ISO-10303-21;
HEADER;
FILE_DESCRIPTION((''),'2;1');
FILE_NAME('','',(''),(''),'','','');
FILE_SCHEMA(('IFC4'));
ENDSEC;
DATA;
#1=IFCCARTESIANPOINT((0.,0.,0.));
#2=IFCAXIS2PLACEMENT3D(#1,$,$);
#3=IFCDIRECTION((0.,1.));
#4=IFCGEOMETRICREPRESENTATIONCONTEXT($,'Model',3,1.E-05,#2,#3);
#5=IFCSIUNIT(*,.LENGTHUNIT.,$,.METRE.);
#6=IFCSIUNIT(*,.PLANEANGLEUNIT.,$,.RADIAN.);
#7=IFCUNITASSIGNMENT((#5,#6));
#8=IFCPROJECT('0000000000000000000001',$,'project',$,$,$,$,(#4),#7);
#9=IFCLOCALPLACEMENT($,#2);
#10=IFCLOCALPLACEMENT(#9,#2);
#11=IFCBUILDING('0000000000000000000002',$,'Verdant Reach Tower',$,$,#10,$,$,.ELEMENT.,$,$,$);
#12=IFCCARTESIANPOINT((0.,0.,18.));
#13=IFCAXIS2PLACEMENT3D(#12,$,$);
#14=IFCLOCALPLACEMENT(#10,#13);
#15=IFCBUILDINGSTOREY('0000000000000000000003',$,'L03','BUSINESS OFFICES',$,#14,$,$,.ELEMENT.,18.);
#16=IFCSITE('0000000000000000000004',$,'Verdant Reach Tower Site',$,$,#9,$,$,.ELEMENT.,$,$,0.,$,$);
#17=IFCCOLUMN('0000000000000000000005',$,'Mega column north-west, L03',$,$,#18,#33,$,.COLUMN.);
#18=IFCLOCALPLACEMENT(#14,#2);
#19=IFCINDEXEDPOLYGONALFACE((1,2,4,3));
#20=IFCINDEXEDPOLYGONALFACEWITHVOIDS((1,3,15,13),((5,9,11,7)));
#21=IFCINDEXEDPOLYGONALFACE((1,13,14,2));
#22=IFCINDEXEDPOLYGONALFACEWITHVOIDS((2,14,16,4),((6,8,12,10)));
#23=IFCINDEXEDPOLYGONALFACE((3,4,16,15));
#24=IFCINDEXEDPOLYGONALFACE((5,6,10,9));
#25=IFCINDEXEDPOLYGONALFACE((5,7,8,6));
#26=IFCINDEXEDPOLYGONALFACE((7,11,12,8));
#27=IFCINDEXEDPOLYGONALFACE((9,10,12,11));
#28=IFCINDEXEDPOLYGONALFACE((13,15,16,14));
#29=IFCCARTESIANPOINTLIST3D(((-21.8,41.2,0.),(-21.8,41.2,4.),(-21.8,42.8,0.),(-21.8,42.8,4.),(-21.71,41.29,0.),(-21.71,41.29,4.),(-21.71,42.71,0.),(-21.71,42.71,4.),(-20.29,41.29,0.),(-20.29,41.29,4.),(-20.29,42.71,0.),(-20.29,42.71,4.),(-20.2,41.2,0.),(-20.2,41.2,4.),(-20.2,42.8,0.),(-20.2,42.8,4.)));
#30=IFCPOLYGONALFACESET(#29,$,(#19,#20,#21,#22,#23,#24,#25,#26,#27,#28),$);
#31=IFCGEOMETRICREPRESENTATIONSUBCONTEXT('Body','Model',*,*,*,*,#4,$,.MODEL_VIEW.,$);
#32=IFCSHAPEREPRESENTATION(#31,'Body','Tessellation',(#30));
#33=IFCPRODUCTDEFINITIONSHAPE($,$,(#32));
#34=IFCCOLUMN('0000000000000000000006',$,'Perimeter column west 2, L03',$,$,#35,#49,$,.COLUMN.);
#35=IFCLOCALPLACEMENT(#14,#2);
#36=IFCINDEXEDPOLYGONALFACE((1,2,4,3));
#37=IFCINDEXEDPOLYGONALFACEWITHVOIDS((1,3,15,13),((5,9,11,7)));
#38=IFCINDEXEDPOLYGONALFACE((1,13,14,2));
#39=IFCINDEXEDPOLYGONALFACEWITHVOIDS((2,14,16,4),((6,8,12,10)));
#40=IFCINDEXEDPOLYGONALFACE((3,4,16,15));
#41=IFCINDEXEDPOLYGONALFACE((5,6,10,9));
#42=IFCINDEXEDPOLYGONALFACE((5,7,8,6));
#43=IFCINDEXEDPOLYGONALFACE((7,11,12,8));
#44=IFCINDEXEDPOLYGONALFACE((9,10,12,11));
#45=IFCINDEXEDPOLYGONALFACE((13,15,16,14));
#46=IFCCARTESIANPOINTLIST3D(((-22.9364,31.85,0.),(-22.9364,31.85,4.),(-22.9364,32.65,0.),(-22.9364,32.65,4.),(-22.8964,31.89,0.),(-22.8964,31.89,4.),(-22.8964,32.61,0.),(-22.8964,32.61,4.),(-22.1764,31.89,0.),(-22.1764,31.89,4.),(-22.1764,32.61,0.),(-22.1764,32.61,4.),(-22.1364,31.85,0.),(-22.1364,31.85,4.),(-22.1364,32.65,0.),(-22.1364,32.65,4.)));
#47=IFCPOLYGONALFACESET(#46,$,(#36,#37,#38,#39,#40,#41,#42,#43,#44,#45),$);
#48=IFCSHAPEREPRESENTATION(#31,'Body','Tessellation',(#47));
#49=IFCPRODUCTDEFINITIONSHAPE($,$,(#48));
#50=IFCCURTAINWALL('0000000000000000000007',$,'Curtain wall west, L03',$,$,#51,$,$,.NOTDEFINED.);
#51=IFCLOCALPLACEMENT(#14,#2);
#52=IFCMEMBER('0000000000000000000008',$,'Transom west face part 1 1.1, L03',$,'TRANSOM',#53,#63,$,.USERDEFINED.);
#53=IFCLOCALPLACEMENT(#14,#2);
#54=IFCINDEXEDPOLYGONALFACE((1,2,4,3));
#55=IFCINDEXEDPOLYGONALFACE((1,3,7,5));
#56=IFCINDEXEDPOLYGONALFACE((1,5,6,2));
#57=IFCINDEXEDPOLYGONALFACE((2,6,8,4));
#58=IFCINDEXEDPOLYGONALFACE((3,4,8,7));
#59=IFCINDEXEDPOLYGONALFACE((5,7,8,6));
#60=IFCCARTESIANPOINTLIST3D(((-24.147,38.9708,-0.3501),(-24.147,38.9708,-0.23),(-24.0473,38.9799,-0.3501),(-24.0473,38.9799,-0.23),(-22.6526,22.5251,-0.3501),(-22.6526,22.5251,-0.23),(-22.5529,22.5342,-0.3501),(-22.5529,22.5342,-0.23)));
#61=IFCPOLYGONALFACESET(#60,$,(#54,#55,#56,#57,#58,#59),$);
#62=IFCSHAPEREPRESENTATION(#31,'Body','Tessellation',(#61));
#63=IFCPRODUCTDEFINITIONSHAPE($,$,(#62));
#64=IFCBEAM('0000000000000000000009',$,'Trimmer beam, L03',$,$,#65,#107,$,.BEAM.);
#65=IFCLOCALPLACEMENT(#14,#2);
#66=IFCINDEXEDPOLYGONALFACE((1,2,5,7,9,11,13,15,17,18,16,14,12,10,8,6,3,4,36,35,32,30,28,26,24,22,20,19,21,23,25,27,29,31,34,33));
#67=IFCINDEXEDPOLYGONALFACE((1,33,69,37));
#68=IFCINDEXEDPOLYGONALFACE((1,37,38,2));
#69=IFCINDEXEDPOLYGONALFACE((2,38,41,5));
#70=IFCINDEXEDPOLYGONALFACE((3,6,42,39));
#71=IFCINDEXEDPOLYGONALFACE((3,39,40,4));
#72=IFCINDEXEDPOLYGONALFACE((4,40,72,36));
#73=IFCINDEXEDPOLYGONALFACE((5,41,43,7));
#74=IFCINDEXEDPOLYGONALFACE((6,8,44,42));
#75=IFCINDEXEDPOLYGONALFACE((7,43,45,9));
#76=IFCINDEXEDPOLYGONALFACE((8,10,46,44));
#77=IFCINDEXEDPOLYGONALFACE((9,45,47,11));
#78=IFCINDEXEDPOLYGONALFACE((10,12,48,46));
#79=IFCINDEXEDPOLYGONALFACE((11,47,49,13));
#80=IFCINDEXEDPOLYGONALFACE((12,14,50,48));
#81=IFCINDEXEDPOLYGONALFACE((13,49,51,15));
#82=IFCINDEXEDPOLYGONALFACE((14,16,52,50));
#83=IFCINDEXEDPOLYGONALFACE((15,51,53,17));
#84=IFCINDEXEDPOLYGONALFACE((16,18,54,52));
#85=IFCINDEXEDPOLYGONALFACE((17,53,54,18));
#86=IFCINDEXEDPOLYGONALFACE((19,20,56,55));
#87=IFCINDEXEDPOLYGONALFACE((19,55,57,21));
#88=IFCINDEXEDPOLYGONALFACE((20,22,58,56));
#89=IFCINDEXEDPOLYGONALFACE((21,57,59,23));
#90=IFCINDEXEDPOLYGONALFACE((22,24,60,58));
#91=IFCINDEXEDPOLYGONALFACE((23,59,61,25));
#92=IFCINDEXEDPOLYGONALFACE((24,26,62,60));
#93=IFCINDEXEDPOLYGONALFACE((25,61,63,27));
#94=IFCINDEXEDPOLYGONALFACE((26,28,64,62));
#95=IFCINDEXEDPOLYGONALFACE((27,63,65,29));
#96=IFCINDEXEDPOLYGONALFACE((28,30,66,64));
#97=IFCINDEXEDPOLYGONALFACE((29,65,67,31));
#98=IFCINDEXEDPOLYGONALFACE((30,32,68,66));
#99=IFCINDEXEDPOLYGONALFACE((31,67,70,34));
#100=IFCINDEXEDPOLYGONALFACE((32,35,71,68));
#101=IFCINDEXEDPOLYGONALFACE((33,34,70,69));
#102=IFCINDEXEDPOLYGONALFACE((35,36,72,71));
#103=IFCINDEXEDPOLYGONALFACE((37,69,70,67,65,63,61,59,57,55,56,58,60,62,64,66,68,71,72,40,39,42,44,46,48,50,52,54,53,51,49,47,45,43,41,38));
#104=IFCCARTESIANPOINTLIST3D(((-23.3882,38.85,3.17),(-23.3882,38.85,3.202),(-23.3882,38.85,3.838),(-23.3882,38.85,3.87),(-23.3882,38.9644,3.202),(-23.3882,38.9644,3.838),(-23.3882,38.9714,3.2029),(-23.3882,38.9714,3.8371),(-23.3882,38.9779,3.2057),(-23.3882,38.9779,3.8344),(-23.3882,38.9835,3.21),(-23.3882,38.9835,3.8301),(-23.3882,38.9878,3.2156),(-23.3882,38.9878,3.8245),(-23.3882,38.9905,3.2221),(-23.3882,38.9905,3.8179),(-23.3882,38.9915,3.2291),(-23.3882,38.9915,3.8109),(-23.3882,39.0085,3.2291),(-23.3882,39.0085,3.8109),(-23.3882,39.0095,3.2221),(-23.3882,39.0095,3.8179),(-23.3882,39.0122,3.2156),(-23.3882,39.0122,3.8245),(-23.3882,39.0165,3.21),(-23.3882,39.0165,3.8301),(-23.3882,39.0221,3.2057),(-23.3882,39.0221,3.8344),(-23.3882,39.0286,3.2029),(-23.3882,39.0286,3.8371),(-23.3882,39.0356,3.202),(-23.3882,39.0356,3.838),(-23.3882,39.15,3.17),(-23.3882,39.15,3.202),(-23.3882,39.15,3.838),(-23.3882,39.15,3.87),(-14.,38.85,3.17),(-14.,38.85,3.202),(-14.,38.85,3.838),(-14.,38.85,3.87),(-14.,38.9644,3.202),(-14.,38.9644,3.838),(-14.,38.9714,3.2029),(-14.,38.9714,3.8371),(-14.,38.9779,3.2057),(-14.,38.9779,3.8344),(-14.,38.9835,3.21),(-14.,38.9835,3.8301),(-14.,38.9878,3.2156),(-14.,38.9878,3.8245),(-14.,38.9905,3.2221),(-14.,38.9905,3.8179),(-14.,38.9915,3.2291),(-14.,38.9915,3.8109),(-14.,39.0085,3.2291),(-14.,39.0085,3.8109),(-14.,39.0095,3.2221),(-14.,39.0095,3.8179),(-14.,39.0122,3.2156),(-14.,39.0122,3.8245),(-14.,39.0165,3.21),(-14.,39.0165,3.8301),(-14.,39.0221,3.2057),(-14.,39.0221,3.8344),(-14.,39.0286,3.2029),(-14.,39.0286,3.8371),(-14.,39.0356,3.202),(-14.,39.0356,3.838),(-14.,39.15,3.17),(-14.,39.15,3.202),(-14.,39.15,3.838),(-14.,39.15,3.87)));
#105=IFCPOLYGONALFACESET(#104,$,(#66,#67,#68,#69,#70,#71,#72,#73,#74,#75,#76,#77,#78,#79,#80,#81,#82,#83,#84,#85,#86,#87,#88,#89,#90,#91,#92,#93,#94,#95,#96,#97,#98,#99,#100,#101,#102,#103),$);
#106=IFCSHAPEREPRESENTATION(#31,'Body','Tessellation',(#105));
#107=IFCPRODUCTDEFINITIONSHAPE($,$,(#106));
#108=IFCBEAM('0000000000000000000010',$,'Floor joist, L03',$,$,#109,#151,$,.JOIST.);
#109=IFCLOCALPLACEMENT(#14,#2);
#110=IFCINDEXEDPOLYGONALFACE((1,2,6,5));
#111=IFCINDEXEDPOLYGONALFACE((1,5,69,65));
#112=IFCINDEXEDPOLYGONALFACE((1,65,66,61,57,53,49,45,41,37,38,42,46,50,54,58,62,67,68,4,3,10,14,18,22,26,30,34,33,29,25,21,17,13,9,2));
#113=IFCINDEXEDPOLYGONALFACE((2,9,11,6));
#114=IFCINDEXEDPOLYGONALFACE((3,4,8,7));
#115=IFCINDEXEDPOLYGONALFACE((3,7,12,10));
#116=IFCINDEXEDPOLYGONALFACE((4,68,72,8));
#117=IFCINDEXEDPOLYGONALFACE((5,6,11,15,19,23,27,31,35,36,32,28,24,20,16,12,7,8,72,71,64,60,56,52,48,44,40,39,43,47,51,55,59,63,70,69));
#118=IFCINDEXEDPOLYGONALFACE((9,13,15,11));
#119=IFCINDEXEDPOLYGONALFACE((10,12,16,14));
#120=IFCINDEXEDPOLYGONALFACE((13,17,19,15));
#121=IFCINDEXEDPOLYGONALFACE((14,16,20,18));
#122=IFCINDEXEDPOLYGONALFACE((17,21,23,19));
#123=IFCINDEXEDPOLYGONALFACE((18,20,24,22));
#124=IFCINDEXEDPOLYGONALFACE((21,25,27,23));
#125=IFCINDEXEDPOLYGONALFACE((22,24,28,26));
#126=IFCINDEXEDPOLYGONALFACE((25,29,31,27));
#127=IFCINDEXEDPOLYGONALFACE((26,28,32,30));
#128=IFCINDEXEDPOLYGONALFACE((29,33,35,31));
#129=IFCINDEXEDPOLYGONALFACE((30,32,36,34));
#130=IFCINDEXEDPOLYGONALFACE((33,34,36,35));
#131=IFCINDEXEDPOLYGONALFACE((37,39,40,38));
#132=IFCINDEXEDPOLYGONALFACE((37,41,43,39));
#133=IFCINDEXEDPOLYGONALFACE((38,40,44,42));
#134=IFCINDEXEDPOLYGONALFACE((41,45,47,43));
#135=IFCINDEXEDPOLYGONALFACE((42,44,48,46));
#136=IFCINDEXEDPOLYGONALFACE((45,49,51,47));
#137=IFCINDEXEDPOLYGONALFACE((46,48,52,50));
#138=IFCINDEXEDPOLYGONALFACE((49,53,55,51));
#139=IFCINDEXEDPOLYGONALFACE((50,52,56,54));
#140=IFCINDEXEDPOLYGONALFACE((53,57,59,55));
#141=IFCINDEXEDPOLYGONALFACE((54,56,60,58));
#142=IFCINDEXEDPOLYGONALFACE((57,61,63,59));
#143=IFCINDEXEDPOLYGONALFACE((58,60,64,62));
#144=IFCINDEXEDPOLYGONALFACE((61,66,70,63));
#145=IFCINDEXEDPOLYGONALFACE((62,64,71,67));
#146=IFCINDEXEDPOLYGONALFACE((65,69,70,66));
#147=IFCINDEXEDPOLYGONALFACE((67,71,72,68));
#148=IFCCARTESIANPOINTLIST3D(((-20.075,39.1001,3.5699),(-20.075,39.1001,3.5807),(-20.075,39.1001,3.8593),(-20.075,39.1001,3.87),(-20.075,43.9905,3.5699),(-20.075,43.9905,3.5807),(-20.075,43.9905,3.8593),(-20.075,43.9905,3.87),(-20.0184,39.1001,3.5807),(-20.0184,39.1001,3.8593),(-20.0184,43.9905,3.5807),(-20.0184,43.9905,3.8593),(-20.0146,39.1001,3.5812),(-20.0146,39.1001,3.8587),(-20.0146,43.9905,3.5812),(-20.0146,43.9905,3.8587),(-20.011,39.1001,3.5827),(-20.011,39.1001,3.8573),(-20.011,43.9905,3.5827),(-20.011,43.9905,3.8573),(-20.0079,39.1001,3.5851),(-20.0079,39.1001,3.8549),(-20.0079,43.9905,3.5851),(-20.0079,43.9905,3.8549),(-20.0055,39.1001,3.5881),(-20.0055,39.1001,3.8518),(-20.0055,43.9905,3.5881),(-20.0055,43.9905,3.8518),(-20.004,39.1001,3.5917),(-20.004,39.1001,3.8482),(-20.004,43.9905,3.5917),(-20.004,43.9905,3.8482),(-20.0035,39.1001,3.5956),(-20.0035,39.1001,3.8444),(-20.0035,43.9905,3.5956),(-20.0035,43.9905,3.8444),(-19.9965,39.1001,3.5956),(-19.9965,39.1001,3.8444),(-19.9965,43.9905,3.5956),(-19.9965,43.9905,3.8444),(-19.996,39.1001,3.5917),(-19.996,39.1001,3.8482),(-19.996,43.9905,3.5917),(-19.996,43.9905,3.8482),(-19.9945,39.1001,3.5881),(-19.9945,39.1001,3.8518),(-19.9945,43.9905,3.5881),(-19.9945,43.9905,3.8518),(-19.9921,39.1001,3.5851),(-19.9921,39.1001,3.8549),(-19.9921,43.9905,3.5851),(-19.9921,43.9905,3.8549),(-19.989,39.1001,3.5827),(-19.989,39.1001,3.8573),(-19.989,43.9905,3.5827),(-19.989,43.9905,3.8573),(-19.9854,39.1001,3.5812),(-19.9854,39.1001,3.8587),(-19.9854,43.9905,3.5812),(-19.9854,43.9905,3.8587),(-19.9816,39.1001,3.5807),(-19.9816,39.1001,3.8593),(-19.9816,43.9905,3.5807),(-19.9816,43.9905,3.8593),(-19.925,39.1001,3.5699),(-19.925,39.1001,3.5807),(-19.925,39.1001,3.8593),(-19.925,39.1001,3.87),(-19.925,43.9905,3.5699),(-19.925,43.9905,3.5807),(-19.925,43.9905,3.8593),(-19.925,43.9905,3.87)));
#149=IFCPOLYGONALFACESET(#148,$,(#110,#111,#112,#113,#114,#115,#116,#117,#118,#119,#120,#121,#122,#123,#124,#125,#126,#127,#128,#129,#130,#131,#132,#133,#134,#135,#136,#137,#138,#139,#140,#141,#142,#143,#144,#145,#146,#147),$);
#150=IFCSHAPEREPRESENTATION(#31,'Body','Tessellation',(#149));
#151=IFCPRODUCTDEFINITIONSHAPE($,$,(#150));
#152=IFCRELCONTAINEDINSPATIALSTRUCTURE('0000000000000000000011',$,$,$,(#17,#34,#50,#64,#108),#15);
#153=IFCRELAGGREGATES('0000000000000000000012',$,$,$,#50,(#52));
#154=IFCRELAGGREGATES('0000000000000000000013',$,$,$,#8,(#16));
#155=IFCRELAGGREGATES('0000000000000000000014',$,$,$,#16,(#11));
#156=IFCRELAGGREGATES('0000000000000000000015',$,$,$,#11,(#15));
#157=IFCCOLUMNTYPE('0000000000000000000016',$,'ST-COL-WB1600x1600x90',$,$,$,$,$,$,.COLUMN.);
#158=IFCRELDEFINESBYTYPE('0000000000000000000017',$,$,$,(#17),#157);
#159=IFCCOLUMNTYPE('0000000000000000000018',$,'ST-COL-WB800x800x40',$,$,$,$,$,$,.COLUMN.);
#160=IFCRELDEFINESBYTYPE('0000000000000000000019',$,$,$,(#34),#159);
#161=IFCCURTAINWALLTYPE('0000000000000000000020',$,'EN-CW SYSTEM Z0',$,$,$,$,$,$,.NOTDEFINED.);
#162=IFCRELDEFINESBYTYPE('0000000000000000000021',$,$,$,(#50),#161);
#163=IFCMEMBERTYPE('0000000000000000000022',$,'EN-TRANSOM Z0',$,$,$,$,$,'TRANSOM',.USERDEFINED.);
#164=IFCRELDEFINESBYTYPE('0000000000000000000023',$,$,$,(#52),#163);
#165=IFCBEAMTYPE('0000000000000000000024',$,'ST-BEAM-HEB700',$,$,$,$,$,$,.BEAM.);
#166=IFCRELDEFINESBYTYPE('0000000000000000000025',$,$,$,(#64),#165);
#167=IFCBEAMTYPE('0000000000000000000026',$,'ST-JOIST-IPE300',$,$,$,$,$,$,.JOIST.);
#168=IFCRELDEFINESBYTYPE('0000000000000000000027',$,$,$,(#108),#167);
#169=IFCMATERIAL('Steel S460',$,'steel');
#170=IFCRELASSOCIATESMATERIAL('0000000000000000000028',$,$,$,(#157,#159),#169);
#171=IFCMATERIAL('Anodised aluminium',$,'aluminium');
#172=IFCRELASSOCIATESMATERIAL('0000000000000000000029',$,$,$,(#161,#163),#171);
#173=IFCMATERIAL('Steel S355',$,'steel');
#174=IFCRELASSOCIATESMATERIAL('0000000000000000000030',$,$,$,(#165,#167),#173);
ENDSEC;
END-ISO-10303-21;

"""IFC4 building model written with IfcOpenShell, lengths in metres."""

from ifc_helpers import new_model, si_unit, direction, frame, origin, origin_2d, place, context, subcontext, project, spatial, rectangle, hollow_rectangle, i_section, extrude, material, material_profile, profile_set, type_object, element, aggregate, save


model = new_model("IFC4")

# Units and contexts
model_context = context("Model", 3, precision=1e-05, world=origin(), true_north=direction((0.0, 1.0)))
body_context = subcontext(model_context, "Body", "Model", "MODEL_VIEW")
ifc_project = project(units=[si_unit("LENGTHUNIT", "METRE"), si_unit("PLANEANGLEUNIT", "RADIAN")], contexts=[model_context])

# Site, building, storey
site_placement = place(None, origin())
site = spatial("IfcSite", under=ifc_project, at=site_placement, Name="Verdant Reach Tower Site", CompositionType="ELEMENT", RefElevation=0.0)
building_placement = place(site_placement, origin())
building = spatial("IfcBuilding", under=site, at=building_placement, Name="Verdant Reach Tower", CompositionType="ELEMENT")
storey_placement = place(building_placement, frame((0.0, 0.0, 18.0)))
storey = spatial("IfcBuildingStorey", under=building, at=storey_placement, Name="L03", Description="BUSINESS OFFICES", CompositionType="ELEMENT", Elevation=18.0)

# Columns
ifc_material_1 = material(Name="Steel S460", Category="steel")
ifc_material_profile_1 = material_profile(ifc_material_1, hollow_rectangle(XDim=1.6001, YDim=1.6001, WallThickness=0.0901, at=origin_2d()), Name="WB 1600x1600x90")
ifc_profile_set_1 = profile_set([ifc_material_profile_1], Name="Steel S460")
column_type_1 = type_object("IfcColumnType", Name="ST-COL-WB1600x1600x90", PredefinedType="COLUMN", material=ifc_profile_set_1)
column_1_placement = place(storey_placement, frame((-21.0, 42.0, 0.0), z_axis=(0.0, 0.0, 1.0), x_axis=(1.0, 0.0, 0.0)))
element("IfcColumn", 1, at=column_1_placement, inside=storey, type_object=column_type_1, Name="Mega column north-west, L03", PredefinedType="COLUMN", context=body_context, shape_type="SweptSolid", body=[
    extrude(hollow_rectangle(XDim=1.6001, YDim=1.6001, WallThickness=0.0901, at=origin_2d()), origin(), (0.0, 0.0, 1.0), 4.0),
])
ifc_material_profile_2 = material_profile(ifc_material_1, hollow_rectangle(XDim=0.8, YDim=0.8, WallThickness=0.04, at=origin_2d()), Name="WB 800x800x40")
ifc_profile_set_2 = profile_set([ifc_material_profile_2], Name="Steel S460")
column_type_2 = type_object("IfcColumnType", Name="ST-COL-WB800x800x40", PredefinedType="COLUMN", material=ifc_profile_set_2)
column_2_placement = place(storey_placement, frame((-22.5364, 32.25, 0.0), z_axis=(0.0, 0.0, 1.0), x_axis=(1.0, 0.0, 0.0)))
element("IfcColumn", 2, at=column_2_placement, inside=storey, type_object=column_type_2, Name="Perimeter column west 2, L03", PredefinedType="COLUMN", context=body_context, shape_type="SweptSolid", body=[
    extrude(hollow_rectangle(XDim=0.8, YDim=0.8, WallThickness=0.04, at=origin_2d()), origin(), (0.0, 0.0, 1.0), 4.0),
])

# Curtain wall, member
ifc_material_2 = material(Name="Anodised aluminium", Category="aluminium")
curtain_wall_type = type_object("IfcCurtainWallType", Name="EN-CW SYSTEM Z0", PredefinedType="NOTDEFINED", material=ifc_material_2)
curtain_wall_1_placement = place(storey_placement, origin())
curtain_wall_1 = element("IfcCurtainWall", 3, at=curtain_wall_1_placement, inside=storey, type_object=curtain_wall_type, Name="Curtain wall west, L03", PredefinedType="NOTDEFINED")
ifc_material_profile_3 = material_profile(ifc_material_2, rectangle(XDim=0.1001, YDim=0.1201, at=origin_2d()), Name="Transom 120x100")
ifc_profile_set_3 = profile_set([ifc_material_profile_3], Name="Anodised aluminium")
member_type = type_object("IfcMemberType", Name="EN-TRANSOM Z0", ElementType="TRANSOM", PredefinedType="USERDEFINED", material=ifc_profile_set_3)
member_placement = place(storey_placement, frame((-24.0972, 38.9753, -0.29), z_axis=(0.090496, -0.995897, 0.0), x_axis=(0.995897, 0.090496, 0.0)))
member = element("IfcMember", 4, at=member_placement, type_object=member_type, Name="Transom west face part 1 1.1, L03", ObjectType="TRANSOM", PredefinedType="USERDEFINED", context=body_context, shape_type="SweptSolid", body=[
    extrude(rectangle(XDim=0.1001, YDim=0.1201, at=origin_2d()), origin(), (0.0, 0.0, 1.0), 16.5134),
])

# Beams
ifc_material_3 = material(Name="Steel S355", Category="steel")
ifc_material_profile_4 = material_profile(ifc_material_3, i_section(OverallWidth=0.3, OverallDepth=0.7, WebThickness=0.0171, FlangeThickness=0.032, FilletRadius=0.0271, at=origin_2d()), Name="HEB 700")
ifc_profile_set_4 = profile_set([ifc_material_profile_4], Name="Steel S355")
beam_type_1 = type_object("IfcBeamType", Name="ST-BEAM-HEB700", PredefinedType="BEAM", material=ifc_profile_set_4)
beam_1_placement = place(storey_placement, frame((-14.0, 39.0, 3.52), z_axis=(-1.0, 0.0, 0.0), x_axis=(0.0, -1.0, 0.0)))
element("IfcBeam", 5, at=beam_1_placement, inside=storey, type_object=beam_type_1, Name="Trimmer beam, L03", PredefinedType="BEAM", context=body_context, shape_type="SweptSolid", body=[
    extrude(i_section(OverallWidth=0.3, OverallDepth=0.7, WebThickness=0.0171, FlangeThickness=0.032, FilletRadius=0.0271, at=origin_2d()), origin(), (0.0, 0.0, 1.0), 9.3882),
])
ifc_material_profile_5 = material_profile(ifc_material_3, i_section(OverallWidth=0.1499, OverallDepth=0.3, WebThickness=0.0071, FlangeThickness=0.0107, FilletRadius=0.0149, at=origin_2d()), Name="IPE 300")
ifc_profile_set_5 = profile_set([ifc_material_profile_5], Name="Steel S355")
beam_type_2 = type_object("IfcBeamType", Name="ST-JOIST-IPE300", PredefinedType="JOIST", material=ifc_profile_set_5)
beam_2_placement = place(storey_placement, frame((-20.0, 39.1001, 3.72), z_axis=(0.0, 1.0, 0.0), x_axis=(-1.0, 0.0, 0.0)))
element("IfcBeam", 6, at=beam_2_placement, inside=storey, type_object=beam_type_2, Name="Floor joist, L03", PredefinedType="JOIST", context=body_context, shape_type="SweptSolid", body=[
    extrude(i_section(OverallWidth=0.1499, OverallDepth=0.3, WebThickness=0.0071, FlangeThickness=0.0107, FilletRadius=0.0149, at=origin_2d()), origin(), (0.0, 0.0, 1.0), 4.8904),
])

aggregate(curtain_wall_1, [member])

save(model, "model.ifc")
